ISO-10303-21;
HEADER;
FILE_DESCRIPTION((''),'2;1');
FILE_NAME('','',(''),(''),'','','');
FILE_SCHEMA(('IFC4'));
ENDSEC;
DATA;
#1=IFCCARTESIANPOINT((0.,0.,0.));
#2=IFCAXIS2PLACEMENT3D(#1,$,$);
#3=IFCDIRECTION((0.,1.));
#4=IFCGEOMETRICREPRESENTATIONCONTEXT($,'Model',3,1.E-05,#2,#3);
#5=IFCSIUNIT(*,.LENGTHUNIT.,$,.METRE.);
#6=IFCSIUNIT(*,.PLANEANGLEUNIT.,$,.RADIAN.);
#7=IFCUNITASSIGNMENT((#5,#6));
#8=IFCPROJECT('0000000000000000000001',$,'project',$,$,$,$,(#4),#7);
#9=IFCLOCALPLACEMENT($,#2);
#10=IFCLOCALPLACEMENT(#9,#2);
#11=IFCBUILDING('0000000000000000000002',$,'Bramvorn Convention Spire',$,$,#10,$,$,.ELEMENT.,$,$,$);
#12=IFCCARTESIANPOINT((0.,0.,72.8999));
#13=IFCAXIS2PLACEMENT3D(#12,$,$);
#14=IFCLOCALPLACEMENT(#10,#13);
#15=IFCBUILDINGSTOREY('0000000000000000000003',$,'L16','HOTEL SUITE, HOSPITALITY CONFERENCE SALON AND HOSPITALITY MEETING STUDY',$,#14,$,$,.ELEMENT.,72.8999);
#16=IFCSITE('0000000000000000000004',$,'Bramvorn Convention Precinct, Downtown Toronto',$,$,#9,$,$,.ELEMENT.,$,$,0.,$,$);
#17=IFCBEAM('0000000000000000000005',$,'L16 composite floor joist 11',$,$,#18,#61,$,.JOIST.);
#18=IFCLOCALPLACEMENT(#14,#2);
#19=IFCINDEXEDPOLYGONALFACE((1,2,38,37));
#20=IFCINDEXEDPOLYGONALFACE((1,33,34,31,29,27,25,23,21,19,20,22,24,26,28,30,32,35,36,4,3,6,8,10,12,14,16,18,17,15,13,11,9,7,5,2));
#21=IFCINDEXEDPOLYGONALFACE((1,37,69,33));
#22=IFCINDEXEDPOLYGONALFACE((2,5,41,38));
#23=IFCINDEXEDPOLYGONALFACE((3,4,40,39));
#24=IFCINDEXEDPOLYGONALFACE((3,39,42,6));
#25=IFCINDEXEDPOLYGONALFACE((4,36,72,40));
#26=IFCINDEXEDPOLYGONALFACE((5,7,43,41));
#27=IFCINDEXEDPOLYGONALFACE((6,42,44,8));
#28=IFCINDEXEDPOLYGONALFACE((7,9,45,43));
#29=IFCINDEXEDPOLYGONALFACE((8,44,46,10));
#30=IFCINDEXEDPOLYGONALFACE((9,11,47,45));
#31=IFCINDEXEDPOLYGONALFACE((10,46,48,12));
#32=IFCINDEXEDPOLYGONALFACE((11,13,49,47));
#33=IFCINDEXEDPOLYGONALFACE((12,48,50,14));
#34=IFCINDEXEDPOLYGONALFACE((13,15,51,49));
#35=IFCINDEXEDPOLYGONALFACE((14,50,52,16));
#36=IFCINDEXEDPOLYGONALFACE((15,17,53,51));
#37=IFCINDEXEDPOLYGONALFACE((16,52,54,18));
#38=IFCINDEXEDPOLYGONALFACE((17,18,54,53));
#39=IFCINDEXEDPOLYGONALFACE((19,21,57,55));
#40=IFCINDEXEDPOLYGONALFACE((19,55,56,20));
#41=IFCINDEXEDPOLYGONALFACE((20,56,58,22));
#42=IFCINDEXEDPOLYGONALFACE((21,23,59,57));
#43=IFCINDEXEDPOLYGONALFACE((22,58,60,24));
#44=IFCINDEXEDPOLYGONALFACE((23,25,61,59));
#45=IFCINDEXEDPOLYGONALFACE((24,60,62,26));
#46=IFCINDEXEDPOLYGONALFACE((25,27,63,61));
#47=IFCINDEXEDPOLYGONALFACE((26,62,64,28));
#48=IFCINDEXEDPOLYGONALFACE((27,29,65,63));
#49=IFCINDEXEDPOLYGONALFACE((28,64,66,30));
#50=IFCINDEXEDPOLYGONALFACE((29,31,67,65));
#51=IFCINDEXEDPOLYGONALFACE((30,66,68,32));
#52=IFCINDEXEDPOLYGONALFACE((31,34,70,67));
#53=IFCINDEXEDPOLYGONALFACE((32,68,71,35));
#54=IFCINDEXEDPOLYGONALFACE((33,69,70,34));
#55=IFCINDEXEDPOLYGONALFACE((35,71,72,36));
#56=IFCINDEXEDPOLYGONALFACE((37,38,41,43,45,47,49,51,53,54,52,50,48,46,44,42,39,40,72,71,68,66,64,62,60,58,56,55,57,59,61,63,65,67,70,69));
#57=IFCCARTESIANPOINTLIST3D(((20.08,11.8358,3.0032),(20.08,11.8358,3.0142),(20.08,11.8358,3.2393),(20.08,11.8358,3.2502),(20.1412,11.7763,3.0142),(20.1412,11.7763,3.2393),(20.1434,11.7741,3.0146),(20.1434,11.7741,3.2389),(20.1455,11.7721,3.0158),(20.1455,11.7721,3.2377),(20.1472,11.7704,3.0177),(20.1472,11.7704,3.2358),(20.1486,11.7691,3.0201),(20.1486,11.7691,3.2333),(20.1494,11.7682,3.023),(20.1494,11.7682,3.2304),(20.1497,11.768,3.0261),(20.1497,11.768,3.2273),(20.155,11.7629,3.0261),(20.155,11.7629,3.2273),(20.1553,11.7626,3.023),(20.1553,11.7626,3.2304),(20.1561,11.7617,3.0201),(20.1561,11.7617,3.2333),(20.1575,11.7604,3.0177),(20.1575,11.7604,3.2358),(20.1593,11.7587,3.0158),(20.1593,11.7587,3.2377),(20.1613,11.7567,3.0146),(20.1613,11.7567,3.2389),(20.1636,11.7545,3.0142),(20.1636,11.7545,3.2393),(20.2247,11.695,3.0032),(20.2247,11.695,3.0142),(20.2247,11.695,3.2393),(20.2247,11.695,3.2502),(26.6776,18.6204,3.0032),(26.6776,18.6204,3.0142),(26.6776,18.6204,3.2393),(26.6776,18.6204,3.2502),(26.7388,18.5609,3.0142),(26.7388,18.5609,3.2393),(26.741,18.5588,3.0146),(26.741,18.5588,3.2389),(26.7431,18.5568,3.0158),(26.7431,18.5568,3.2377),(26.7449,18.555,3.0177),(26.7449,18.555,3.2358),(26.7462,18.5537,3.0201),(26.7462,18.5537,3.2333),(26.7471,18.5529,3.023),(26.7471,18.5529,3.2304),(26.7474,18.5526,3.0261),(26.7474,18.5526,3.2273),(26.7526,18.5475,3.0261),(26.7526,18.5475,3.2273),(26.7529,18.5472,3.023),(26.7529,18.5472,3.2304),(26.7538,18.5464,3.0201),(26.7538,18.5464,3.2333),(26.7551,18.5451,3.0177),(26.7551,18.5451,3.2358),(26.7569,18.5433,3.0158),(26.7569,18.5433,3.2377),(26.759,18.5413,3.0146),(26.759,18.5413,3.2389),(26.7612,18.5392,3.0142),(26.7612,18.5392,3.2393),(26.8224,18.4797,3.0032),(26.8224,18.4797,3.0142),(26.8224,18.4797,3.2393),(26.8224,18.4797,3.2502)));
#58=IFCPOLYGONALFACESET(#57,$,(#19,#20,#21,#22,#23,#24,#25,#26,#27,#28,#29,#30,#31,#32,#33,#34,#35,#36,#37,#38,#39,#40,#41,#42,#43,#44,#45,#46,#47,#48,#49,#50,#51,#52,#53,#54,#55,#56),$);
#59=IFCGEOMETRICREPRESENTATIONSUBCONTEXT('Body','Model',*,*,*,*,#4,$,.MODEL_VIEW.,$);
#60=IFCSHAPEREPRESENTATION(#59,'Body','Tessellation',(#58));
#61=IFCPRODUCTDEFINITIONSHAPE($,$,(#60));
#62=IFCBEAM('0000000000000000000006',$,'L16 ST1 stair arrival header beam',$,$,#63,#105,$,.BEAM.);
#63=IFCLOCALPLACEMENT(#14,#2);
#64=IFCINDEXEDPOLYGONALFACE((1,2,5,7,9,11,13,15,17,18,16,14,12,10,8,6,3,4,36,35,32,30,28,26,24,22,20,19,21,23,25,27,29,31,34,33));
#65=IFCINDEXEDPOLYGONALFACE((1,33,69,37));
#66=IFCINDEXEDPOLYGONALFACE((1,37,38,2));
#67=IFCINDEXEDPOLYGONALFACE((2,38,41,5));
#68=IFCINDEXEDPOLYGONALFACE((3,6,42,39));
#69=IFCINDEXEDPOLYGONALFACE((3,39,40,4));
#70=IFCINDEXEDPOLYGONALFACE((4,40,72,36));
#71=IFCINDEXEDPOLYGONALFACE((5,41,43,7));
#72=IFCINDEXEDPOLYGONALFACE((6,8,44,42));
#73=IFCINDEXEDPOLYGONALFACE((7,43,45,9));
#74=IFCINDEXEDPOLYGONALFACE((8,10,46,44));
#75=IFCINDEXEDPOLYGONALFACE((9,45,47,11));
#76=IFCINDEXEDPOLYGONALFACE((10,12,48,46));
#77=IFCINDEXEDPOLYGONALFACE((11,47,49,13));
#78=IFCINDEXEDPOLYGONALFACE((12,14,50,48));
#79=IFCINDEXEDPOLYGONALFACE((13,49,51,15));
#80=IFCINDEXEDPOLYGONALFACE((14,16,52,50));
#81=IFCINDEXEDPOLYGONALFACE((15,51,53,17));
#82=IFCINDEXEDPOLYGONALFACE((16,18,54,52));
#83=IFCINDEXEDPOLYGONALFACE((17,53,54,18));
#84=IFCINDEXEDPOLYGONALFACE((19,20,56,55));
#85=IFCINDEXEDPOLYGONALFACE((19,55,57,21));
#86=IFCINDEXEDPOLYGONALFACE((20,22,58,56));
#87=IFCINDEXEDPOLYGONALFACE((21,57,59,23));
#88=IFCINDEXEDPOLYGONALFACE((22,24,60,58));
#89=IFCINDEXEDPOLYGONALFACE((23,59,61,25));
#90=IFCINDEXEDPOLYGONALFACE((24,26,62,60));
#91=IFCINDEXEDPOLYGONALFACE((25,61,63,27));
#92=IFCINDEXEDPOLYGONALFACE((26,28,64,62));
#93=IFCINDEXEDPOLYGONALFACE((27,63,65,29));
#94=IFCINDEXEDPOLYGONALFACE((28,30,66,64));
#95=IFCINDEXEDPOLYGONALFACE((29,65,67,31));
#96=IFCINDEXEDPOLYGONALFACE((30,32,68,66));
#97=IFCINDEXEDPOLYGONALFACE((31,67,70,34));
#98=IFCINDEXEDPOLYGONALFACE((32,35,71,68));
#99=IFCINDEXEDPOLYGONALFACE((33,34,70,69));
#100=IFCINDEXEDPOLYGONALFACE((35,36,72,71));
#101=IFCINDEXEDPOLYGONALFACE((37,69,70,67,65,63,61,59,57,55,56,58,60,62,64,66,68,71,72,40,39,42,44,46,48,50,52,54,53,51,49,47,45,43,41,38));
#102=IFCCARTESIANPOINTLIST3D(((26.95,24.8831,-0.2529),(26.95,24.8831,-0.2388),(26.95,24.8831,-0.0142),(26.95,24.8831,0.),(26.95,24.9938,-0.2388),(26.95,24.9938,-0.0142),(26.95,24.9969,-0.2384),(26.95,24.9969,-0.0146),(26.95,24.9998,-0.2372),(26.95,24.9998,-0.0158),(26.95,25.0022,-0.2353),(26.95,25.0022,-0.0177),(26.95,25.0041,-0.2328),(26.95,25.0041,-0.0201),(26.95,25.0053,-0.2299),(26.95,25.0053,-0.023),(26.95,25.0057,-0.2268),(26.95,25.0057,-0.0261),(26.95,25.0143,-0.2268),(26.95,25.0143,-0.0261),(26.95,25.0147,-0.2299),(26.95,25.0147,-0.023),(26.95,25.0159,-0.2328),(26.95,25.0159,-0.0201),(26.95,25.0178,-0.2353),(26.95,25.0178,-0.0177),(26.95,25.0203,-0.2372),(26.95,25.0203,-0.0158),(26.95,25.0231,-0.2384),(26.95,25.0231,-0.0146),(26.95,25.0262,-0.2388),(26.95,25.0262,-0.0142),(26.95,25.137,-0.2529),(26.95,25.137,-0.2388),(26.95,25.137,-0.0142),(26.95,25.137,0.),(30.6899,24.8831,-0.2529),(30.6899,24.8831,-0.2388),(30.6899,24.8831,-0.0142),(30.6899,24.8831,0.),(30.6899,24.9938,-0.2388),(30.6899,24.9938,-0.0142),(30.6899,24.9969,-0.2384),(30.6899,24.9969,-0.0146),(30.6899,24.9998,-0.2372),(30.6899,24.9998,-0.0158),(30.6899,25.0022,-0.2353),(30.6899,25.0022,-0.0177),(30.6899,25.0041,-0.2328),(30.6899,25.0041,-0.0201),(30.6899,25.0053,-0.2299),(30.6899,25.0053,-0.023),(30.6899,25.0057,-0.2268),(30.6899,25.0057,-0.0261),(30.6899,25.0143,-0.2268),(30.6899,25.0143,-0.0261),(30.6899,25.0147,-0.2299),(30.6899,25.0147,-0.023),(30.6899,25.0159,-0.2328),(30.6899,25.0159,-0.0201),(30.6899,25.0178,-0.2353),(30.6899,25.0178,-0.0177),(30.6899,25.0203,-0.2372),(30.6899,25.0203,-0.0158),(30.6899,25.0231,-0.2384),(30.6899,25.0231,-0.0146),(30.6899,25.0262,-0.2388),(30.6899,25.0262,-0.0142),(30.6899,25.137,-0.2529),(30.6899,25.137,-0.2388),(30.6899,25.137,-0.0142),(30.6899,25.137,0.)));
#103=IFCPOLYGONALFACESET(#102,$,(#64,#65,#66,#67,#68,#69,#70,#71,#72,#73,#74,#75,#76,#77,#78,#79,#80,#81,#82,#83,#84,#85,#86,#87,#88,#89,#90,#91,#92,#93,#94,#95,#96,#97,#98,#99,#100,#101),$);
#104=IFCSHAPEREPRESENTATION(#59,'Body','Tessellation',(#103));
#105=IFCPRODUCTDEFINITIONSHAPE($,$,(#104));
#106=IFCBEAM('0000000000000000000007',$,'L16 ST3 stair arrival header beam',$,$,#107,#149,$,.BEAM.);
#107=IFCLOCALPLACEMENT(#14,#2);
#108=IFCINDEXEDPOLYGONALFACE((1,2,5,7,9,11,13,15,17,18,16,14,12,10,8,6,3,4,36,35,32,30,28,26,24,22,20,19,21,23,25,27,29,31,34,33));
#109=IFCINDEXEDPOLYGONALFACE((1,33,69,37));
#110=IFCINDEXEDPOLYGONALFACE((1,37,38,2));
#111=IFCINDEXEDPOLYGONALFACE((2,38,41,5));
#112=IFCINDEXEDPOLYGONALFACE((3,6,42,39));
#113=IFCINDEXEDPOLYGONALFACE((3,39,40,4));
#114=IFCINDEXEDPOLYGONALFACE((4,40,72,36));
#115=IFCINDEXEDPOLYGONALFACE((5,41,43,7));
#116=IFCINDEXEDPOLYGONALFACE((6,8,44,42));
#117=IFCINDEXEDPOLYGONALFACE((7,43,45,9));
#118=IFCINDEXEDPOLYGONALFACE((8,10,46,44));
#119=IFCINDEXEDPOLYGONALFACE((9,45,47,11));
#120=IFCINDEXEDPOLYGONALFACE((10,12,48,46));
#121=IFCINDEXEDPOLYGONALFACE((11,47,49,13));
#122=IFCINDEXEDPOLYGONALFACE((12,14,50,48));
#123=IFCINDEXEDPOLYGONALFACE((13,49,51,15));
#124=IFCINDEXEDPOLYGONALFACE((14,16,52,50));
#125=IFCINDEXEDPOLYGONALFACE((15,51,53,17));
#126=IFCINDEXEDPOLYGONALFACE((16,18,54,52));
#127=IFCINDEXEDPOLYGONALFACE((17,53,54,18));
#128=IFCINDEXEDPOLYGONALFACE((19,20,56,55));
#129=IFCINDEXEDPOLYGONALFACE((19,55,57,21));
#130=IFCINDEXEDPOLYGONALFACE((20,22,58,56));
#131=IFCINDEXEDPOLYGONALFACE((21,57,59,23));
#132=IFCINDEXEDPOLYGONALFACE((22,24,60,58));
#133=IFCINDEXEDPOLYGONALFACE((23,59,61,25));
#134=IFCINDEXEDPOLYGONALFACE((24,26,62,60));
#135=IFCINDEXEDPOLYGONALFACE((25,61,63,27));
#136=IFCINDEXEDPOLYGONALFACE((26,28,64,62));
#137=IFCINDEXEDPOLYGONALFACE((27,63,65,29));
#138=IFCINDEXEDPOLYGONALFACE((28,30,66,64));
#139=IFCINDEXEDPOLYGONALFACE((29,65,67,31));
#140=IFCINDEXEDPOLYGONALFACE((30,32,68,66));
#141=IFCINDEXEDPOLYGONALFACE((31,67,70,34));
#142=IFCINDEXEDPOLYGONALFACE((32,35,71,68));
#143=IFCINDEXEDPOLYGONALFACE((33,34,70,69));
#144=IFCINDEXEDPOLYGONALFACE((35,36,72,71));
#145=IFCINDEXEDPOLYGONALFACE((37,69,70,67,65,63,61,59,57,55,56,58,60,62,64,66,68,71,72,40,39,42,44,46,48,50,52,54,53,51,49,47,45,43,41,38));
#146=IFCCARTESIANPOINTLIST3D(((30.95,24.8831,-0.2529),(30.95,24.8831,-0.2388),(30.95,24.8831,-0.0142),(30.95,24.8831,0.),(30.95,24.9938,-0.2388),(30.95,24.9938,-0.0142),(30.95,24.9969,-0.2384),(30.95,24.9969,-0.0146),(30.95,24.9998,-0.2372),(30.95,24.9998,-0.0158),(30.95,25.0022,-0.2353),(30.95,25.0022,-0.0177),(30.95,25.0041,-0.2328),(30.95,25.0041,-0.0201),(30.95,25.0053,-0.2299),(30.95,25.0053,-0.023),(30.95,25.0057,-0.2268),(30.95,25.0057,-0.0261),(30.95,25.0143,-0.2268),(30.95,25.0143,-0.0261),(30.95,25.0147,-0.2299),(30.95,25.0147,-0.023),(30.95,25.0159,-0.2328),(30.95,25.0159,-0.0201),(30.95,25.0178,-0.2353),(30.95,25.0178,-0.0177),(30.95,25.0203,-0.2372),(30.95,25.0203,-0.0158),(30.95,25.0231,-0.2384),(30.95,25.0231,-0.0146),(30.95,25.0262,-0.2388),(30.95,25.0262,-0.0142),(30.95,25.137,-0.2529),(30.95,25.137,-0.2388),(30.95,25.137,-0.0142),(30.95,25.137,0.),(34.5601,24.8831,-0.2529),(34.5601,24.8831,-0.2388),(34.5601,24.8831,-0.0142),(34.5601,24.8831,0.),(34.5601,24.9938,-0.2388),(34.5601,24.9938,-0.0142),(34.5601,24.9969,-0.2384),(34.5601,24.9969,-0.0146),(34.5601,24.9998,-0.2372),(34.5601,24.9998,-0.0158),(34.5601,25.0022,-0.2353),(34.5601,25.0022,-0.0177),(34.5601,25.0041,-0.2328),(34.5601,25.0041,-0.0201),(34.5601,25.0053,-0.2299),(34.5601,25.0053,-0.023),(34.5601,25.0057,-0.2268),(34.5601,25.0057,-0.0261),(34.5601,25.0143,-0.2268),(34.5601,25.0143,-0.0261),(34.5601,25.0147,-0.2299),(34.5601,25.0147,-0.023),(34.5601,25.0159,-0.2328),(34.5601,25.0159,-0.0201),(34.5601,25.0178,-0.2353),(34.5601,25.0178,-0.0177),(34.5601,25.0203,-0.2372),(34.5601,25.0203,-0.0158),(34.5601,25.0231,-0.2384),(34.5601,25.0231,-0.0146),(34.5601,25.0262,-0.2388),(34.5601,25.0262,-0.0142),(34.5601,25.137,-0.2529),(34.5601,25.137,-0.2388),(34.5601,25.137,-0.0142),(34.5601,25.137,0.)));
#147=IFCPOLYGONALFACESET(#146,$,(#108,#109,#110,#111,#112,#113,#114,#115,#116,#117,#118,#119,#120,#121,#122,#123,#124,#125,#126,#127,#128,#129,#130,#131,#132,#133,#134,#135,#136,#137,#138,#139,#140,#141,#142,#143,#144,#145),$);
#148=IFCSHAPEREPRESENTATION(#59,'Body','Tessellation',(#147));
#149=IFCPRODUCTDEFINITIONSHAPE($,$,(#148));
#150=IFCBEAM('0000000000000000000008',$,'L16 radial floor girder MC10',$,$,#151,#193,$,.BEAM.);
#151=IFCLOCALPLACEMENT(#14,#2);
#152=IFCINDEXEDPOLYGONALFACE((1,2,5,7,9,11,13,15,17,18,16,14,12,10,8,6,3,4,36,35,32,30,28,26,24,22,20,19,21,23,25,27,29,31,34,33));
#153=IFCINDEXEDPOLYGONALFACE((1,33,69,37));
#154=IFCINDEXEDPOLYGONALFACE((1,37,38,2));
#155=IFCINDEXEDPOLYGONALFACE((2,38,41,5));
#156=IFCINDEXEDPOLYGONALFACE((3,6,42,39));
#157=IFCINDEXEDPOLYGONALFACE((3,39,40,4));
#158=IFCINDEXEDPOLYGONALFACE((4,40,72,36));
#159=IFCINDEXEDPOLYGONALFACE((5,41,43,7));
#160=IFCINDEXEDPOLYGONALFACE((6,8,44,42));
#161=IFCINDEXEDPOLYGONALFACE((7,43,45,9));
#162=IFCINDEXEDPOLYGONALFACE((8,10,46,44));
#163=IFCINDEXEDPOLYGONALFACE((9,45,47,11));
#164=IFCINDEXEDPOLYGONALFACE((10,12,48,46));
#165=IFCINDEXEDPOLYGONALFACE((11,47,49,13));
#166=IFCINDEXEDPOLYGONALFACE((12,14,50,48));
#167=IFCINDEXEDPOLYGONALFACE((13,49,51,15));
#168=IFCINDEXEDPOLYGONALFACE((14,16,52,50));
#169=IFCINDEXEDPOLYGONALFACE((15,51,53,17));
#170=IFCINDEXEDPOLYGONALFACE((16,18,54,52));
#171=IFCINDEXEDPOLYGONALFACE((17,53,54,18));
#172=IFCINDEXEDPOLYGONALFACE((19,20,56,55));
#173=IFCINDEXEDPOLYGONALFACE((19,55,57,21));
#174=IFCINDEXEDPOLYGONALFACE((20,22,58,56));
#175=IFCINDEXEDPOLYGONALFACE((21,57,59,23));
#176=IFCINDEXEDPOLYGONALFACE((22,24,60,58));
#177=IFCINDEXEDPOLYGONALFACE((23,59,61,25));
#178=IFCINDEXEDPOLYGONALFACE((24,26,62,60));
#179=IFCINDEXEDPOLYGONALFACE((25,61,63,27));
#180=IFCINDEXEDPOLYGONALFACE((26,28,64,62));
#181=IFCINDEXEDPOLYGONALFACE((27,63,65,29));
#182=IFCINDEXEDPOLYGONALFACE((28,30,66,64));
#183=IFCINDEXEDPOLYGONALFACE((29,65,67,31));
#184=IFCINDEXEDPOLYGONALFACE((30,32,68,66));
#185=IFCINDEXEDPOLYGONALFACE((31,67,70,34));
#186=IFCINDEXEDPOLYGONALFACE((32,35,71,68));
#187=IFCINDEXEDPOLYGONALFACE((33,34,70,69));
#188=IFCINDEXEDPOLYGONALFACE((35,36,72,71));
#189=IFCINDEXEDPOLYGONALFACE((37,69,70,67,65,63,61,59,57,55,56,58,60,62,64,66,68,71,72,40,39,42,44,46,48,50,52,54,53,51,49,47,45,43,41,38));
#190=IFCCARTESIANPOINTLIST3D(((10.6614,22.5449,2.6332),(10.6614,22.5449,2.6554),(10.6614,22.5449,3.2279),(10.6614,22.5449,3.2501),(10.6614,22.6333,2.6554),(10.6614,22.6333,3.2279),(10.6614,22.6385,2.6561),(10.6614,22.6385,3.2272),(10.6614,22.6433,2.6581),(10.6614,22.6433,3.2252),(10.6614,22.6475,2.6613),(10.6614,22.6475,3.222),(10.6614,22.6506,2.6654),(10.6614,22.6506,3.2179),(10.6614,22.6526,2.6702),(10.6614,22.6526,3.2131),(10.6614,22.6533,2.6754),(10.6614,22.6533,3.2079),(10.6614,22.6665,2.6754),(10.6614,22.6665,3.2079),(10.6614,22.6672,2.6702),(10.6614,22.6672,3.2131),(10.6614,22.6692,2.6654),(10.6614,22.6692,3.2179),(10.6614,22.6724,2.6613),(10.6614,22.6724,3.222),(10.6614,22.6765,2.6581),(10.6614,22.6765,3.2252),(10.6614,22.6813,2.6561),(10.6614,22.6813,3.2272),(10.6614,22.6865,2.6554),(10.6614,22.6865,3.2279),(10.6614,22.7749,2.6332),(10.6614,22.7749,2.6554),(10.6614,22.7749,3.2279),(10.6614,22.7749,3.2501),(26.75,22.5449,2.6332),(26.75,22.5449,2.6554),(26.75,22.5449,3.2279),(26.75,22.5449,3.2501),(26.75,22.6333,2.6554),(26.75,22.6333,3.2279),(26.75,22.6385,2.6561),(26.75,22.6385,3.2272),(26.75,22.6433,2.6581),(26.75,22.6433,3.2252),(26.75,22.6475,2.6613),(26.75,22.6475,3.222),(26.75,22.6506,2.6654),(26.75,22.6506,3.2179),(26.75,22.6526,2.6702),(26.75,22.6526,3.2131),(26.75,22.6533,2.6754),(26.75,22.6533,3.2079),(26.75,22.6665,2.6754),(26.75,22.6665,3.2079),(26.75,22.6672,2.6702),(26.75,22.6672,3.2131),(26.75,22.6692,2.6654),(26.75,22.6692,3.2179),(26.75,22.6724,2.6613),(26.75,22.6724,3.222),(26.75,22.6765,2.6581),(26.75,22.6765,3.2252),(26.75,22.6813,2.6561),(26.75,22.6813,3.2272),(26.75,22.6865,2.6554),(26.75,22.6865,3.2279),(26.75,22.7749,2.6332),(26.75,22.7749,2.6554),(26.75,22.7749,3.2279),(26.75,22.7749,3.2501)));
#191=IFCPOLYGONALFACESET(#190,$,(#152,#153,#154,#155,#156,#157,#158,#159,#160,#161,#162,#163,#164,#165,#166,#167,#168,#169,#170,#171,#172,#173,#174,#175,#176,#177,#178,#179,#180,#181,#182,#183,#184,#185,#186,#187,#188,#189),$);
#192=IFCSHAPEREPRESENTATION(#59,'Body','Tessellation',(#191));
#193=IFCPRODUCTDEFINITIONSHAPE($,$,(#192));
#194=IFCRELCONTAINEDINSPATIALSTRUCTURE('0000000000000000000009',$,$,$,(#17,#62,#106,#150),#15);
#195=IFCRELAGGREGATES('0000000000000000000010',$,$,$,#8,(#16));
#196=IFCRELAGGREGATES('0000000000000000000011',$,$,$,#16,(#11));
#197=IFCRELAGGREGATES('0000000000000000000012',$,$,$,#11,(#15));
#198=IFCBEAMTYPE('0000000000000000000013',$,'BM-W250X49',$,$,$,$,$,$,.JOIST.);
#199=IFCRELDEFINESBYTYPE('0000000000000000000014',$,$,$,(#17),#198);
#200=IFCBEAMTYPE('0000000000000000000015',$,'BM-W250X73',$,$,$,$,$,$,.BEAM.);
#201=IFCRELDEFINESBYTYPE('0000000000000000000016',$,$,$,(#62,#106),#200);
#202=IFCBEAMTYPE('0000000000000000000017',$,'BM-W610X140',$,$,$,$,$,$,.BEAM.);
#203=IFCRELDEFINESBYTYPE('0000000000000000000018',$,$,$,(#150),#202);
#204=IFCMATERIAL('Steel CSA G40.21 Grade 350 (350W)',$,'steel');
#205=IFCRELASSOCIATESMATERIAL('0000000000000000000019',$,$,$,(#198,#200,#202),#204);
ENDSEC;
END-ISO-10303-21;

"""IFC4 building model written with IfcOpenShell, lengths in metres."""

from ifc_helpers import new_model, si_unit, direction, frame, origin, origin_2d, place, context, subcontext, project, spatial, i_section, extrude, material, material_profile, profile_set, type_object, element, save


model = new_model("IFC4")

# Units and contexts
model_context = context("Model", 3, precision=1e-05, world=origin(), true_north=direction((0.0, 1.0)))
body_context = subcontext(model_context, "Body", "Model", "MODEL_VIEW")
ifc_project = project(units=[si_unit("LENGTHUNIT", "METRE"), si_unit("PLANEANGLEUNIT", "RADIAN")], contexts=[model_context])

# Site, building, storey
site_placement = place(None, origin())
site = spatial("IfcSite", under=ifc_project, at=site_placement, Name="Bramvorn Convention Precinct, Downtown Toronto", CompositionType="ELEMENT", RefElevation=0.0)
building_placement = place(site_placement, origin())
building = spatial("IfcBuilding", under=site, at=building_placement, Name="Bramvorn Convention Spire", CompositionType="ELEMENT")
storey_placement = place(building_placement, frame((0.0, 0.0, 72.8999)))
storey = spatial("IfcBuildingStorey", under=building, at=storey_placement, Name="L16", Description="HOTEL SUITE, HOSPITALITY CONFERENCE SALON AND HOSPITALITY MEETING STUDY", CompositionType="ELEMENT", Elevation=72.8999)

# Beams
ifc_material_1 = material(Name="Steel CSA G40.21 Grade 350 (350W)", Category="steel")
ifc_material_profile_1 = material_profile(ifc_material_1, i_section(OverallWidth=0.2019, OverallDepth=0.2471, WebThickness=0.0073, FlangeThickness=0.011, FilletRadius=0.012, at=origin_2d()))
ifc_profile_set_1 = profile_set([ifc_material_profile_1], Name="Steel CSA G40.21 Grade 350 (350W) - W250X49")
beam_type_1 = type_object("IfcBeamType", Name="BM-W250X49", PredefinedType="JOIST", material=ifc_profile_set_1)
beam_1_placement = place(storey_placement, frame((26.75, 18.55, 3.1267), z_axis=(-0.697157, -0.716918, 0.0), x_axis=(0.716918, -0.697157, 0.0)))
element("IfcBeam", 1, at=beam_1_placement, inside=storey, type_object=beam_type_1, Name="L16 composite floor joist 11", PredefinedType="JOIST", context=body_context, shape_type="SweptSolid", body=[
    extrude(i_section(OverallWidth=0.2019, OverallDepth=0.2471, WebThickness=0.0073, FlangeThickness=0.011, FilletRadius=0.012, at=origin_2d()), origin(), (0.0, 0.0, 1.0), 9.4636),
])
ifc_material_profile_2 = material_profile(ifc_material_1, i_section(OverallWidth=0.2539, OverallDepth=0.2529, WebThickness=0.0085, FlangeThickness=0.0142, FilletRadius=0.012, at=origin_2d()))
ifc_profile_set_2 = profile_set([ifc_material_profile_2], Name="Steel CSA G40.21 Grade 350 (350W) - W250X73")
beam_type_2 = type_object("IfcBeamType", Name="BM-W250X73", PredefinedType="BEAM", material=ifc_profile_set_2)
beam_2_placement = place(storey_placement, frame((26.95, 25.01, -0.1265), z_axis=(1.0, 0.0, 0.0), x_axis=(0.0, 1.0, 0.0)))
element("IfcBeam", 2, at=beam_2_placement, inside=storey, type_object=beam_type_2, Name="L16 ST1 stair arrival header beam", PredefinedType="BEAM", context=body_context, shape_type="SweptSolid", body=[
    extrude(i_section(OverallWidth=0.2539, OverallDepth=0.2529, WebThickness=0.0085, FlangeThickness=0.0142, FilletRadius=0.012, at=origin_2d()), origin(), (0.0, 0.0, 1.0), 3.74),
])
beam_3_placement = place(storey_placement, frame((30.95, 25.01, -0.1265), z_axis=(1.0, 0.0, 0.0), x_axis=(0.0, 1.0, 0.0)))
element("IfcBeam", 3, at=beam_3_placement, inside=storey, type_object=beam_type_2, Name="L16 ST3 stair arrival header beam", PredefinedType="BEAM", context=body_context, shape_type="SweptSolid", body=[
    extrude(i_section(OverallWidth=0.2539, OverallDepth=0.2529, WebThickness=0.0085, FlangeThickness=0.0142, FilletRadius=0.012, at=origin_2d()), origin(), (0.0, 0.0, 1.0), 3.6101),
])
ifc_material_profile_3 = material_profile(ifc_material_1, i_section(OverallWidth=0.23, OverallDepth=0.6169, WebThickness=0.0132, FlangeThickness=0.0222, FilletRadius=0.02, at=origin_2d()))
ifc_profile_set_3 = profile_set([ifc_material_profile_3], Name="Steel CSA G40.21 Grade 350 (350W) - W610X140")
beam_type_3 = type_object("IfcBeamType", Name="BM-W610X140", PredefinedType="BEAM", material=ifc_profile_set_3)
beam_4_placement = place(storey_placement, frame((26.75, 22.6599, 2.9417), z_axis=(-1.0, 0.0, 0.0), x_axis=(0.0, -1.0, 0.0)))
element("IfcBeam", 4, at=beam_4_placement, inside=storey, type_object=beam_type_3, Name="L16 radial floor girder MC10", PredefinedType="BEAM", context=body_context, shape_type="SweptSolid", body=[
    extrude(i_section(OverallWidth=0.23, OverallDepth=0.6169, WebThickness=0.0132, FlangeThickness=0.0222, FilletRadius=0.02, at=origin_2d()), origin(), (0.0, 0.0, 1.0), 16.0886),
])

save(model, "model.ifc")
